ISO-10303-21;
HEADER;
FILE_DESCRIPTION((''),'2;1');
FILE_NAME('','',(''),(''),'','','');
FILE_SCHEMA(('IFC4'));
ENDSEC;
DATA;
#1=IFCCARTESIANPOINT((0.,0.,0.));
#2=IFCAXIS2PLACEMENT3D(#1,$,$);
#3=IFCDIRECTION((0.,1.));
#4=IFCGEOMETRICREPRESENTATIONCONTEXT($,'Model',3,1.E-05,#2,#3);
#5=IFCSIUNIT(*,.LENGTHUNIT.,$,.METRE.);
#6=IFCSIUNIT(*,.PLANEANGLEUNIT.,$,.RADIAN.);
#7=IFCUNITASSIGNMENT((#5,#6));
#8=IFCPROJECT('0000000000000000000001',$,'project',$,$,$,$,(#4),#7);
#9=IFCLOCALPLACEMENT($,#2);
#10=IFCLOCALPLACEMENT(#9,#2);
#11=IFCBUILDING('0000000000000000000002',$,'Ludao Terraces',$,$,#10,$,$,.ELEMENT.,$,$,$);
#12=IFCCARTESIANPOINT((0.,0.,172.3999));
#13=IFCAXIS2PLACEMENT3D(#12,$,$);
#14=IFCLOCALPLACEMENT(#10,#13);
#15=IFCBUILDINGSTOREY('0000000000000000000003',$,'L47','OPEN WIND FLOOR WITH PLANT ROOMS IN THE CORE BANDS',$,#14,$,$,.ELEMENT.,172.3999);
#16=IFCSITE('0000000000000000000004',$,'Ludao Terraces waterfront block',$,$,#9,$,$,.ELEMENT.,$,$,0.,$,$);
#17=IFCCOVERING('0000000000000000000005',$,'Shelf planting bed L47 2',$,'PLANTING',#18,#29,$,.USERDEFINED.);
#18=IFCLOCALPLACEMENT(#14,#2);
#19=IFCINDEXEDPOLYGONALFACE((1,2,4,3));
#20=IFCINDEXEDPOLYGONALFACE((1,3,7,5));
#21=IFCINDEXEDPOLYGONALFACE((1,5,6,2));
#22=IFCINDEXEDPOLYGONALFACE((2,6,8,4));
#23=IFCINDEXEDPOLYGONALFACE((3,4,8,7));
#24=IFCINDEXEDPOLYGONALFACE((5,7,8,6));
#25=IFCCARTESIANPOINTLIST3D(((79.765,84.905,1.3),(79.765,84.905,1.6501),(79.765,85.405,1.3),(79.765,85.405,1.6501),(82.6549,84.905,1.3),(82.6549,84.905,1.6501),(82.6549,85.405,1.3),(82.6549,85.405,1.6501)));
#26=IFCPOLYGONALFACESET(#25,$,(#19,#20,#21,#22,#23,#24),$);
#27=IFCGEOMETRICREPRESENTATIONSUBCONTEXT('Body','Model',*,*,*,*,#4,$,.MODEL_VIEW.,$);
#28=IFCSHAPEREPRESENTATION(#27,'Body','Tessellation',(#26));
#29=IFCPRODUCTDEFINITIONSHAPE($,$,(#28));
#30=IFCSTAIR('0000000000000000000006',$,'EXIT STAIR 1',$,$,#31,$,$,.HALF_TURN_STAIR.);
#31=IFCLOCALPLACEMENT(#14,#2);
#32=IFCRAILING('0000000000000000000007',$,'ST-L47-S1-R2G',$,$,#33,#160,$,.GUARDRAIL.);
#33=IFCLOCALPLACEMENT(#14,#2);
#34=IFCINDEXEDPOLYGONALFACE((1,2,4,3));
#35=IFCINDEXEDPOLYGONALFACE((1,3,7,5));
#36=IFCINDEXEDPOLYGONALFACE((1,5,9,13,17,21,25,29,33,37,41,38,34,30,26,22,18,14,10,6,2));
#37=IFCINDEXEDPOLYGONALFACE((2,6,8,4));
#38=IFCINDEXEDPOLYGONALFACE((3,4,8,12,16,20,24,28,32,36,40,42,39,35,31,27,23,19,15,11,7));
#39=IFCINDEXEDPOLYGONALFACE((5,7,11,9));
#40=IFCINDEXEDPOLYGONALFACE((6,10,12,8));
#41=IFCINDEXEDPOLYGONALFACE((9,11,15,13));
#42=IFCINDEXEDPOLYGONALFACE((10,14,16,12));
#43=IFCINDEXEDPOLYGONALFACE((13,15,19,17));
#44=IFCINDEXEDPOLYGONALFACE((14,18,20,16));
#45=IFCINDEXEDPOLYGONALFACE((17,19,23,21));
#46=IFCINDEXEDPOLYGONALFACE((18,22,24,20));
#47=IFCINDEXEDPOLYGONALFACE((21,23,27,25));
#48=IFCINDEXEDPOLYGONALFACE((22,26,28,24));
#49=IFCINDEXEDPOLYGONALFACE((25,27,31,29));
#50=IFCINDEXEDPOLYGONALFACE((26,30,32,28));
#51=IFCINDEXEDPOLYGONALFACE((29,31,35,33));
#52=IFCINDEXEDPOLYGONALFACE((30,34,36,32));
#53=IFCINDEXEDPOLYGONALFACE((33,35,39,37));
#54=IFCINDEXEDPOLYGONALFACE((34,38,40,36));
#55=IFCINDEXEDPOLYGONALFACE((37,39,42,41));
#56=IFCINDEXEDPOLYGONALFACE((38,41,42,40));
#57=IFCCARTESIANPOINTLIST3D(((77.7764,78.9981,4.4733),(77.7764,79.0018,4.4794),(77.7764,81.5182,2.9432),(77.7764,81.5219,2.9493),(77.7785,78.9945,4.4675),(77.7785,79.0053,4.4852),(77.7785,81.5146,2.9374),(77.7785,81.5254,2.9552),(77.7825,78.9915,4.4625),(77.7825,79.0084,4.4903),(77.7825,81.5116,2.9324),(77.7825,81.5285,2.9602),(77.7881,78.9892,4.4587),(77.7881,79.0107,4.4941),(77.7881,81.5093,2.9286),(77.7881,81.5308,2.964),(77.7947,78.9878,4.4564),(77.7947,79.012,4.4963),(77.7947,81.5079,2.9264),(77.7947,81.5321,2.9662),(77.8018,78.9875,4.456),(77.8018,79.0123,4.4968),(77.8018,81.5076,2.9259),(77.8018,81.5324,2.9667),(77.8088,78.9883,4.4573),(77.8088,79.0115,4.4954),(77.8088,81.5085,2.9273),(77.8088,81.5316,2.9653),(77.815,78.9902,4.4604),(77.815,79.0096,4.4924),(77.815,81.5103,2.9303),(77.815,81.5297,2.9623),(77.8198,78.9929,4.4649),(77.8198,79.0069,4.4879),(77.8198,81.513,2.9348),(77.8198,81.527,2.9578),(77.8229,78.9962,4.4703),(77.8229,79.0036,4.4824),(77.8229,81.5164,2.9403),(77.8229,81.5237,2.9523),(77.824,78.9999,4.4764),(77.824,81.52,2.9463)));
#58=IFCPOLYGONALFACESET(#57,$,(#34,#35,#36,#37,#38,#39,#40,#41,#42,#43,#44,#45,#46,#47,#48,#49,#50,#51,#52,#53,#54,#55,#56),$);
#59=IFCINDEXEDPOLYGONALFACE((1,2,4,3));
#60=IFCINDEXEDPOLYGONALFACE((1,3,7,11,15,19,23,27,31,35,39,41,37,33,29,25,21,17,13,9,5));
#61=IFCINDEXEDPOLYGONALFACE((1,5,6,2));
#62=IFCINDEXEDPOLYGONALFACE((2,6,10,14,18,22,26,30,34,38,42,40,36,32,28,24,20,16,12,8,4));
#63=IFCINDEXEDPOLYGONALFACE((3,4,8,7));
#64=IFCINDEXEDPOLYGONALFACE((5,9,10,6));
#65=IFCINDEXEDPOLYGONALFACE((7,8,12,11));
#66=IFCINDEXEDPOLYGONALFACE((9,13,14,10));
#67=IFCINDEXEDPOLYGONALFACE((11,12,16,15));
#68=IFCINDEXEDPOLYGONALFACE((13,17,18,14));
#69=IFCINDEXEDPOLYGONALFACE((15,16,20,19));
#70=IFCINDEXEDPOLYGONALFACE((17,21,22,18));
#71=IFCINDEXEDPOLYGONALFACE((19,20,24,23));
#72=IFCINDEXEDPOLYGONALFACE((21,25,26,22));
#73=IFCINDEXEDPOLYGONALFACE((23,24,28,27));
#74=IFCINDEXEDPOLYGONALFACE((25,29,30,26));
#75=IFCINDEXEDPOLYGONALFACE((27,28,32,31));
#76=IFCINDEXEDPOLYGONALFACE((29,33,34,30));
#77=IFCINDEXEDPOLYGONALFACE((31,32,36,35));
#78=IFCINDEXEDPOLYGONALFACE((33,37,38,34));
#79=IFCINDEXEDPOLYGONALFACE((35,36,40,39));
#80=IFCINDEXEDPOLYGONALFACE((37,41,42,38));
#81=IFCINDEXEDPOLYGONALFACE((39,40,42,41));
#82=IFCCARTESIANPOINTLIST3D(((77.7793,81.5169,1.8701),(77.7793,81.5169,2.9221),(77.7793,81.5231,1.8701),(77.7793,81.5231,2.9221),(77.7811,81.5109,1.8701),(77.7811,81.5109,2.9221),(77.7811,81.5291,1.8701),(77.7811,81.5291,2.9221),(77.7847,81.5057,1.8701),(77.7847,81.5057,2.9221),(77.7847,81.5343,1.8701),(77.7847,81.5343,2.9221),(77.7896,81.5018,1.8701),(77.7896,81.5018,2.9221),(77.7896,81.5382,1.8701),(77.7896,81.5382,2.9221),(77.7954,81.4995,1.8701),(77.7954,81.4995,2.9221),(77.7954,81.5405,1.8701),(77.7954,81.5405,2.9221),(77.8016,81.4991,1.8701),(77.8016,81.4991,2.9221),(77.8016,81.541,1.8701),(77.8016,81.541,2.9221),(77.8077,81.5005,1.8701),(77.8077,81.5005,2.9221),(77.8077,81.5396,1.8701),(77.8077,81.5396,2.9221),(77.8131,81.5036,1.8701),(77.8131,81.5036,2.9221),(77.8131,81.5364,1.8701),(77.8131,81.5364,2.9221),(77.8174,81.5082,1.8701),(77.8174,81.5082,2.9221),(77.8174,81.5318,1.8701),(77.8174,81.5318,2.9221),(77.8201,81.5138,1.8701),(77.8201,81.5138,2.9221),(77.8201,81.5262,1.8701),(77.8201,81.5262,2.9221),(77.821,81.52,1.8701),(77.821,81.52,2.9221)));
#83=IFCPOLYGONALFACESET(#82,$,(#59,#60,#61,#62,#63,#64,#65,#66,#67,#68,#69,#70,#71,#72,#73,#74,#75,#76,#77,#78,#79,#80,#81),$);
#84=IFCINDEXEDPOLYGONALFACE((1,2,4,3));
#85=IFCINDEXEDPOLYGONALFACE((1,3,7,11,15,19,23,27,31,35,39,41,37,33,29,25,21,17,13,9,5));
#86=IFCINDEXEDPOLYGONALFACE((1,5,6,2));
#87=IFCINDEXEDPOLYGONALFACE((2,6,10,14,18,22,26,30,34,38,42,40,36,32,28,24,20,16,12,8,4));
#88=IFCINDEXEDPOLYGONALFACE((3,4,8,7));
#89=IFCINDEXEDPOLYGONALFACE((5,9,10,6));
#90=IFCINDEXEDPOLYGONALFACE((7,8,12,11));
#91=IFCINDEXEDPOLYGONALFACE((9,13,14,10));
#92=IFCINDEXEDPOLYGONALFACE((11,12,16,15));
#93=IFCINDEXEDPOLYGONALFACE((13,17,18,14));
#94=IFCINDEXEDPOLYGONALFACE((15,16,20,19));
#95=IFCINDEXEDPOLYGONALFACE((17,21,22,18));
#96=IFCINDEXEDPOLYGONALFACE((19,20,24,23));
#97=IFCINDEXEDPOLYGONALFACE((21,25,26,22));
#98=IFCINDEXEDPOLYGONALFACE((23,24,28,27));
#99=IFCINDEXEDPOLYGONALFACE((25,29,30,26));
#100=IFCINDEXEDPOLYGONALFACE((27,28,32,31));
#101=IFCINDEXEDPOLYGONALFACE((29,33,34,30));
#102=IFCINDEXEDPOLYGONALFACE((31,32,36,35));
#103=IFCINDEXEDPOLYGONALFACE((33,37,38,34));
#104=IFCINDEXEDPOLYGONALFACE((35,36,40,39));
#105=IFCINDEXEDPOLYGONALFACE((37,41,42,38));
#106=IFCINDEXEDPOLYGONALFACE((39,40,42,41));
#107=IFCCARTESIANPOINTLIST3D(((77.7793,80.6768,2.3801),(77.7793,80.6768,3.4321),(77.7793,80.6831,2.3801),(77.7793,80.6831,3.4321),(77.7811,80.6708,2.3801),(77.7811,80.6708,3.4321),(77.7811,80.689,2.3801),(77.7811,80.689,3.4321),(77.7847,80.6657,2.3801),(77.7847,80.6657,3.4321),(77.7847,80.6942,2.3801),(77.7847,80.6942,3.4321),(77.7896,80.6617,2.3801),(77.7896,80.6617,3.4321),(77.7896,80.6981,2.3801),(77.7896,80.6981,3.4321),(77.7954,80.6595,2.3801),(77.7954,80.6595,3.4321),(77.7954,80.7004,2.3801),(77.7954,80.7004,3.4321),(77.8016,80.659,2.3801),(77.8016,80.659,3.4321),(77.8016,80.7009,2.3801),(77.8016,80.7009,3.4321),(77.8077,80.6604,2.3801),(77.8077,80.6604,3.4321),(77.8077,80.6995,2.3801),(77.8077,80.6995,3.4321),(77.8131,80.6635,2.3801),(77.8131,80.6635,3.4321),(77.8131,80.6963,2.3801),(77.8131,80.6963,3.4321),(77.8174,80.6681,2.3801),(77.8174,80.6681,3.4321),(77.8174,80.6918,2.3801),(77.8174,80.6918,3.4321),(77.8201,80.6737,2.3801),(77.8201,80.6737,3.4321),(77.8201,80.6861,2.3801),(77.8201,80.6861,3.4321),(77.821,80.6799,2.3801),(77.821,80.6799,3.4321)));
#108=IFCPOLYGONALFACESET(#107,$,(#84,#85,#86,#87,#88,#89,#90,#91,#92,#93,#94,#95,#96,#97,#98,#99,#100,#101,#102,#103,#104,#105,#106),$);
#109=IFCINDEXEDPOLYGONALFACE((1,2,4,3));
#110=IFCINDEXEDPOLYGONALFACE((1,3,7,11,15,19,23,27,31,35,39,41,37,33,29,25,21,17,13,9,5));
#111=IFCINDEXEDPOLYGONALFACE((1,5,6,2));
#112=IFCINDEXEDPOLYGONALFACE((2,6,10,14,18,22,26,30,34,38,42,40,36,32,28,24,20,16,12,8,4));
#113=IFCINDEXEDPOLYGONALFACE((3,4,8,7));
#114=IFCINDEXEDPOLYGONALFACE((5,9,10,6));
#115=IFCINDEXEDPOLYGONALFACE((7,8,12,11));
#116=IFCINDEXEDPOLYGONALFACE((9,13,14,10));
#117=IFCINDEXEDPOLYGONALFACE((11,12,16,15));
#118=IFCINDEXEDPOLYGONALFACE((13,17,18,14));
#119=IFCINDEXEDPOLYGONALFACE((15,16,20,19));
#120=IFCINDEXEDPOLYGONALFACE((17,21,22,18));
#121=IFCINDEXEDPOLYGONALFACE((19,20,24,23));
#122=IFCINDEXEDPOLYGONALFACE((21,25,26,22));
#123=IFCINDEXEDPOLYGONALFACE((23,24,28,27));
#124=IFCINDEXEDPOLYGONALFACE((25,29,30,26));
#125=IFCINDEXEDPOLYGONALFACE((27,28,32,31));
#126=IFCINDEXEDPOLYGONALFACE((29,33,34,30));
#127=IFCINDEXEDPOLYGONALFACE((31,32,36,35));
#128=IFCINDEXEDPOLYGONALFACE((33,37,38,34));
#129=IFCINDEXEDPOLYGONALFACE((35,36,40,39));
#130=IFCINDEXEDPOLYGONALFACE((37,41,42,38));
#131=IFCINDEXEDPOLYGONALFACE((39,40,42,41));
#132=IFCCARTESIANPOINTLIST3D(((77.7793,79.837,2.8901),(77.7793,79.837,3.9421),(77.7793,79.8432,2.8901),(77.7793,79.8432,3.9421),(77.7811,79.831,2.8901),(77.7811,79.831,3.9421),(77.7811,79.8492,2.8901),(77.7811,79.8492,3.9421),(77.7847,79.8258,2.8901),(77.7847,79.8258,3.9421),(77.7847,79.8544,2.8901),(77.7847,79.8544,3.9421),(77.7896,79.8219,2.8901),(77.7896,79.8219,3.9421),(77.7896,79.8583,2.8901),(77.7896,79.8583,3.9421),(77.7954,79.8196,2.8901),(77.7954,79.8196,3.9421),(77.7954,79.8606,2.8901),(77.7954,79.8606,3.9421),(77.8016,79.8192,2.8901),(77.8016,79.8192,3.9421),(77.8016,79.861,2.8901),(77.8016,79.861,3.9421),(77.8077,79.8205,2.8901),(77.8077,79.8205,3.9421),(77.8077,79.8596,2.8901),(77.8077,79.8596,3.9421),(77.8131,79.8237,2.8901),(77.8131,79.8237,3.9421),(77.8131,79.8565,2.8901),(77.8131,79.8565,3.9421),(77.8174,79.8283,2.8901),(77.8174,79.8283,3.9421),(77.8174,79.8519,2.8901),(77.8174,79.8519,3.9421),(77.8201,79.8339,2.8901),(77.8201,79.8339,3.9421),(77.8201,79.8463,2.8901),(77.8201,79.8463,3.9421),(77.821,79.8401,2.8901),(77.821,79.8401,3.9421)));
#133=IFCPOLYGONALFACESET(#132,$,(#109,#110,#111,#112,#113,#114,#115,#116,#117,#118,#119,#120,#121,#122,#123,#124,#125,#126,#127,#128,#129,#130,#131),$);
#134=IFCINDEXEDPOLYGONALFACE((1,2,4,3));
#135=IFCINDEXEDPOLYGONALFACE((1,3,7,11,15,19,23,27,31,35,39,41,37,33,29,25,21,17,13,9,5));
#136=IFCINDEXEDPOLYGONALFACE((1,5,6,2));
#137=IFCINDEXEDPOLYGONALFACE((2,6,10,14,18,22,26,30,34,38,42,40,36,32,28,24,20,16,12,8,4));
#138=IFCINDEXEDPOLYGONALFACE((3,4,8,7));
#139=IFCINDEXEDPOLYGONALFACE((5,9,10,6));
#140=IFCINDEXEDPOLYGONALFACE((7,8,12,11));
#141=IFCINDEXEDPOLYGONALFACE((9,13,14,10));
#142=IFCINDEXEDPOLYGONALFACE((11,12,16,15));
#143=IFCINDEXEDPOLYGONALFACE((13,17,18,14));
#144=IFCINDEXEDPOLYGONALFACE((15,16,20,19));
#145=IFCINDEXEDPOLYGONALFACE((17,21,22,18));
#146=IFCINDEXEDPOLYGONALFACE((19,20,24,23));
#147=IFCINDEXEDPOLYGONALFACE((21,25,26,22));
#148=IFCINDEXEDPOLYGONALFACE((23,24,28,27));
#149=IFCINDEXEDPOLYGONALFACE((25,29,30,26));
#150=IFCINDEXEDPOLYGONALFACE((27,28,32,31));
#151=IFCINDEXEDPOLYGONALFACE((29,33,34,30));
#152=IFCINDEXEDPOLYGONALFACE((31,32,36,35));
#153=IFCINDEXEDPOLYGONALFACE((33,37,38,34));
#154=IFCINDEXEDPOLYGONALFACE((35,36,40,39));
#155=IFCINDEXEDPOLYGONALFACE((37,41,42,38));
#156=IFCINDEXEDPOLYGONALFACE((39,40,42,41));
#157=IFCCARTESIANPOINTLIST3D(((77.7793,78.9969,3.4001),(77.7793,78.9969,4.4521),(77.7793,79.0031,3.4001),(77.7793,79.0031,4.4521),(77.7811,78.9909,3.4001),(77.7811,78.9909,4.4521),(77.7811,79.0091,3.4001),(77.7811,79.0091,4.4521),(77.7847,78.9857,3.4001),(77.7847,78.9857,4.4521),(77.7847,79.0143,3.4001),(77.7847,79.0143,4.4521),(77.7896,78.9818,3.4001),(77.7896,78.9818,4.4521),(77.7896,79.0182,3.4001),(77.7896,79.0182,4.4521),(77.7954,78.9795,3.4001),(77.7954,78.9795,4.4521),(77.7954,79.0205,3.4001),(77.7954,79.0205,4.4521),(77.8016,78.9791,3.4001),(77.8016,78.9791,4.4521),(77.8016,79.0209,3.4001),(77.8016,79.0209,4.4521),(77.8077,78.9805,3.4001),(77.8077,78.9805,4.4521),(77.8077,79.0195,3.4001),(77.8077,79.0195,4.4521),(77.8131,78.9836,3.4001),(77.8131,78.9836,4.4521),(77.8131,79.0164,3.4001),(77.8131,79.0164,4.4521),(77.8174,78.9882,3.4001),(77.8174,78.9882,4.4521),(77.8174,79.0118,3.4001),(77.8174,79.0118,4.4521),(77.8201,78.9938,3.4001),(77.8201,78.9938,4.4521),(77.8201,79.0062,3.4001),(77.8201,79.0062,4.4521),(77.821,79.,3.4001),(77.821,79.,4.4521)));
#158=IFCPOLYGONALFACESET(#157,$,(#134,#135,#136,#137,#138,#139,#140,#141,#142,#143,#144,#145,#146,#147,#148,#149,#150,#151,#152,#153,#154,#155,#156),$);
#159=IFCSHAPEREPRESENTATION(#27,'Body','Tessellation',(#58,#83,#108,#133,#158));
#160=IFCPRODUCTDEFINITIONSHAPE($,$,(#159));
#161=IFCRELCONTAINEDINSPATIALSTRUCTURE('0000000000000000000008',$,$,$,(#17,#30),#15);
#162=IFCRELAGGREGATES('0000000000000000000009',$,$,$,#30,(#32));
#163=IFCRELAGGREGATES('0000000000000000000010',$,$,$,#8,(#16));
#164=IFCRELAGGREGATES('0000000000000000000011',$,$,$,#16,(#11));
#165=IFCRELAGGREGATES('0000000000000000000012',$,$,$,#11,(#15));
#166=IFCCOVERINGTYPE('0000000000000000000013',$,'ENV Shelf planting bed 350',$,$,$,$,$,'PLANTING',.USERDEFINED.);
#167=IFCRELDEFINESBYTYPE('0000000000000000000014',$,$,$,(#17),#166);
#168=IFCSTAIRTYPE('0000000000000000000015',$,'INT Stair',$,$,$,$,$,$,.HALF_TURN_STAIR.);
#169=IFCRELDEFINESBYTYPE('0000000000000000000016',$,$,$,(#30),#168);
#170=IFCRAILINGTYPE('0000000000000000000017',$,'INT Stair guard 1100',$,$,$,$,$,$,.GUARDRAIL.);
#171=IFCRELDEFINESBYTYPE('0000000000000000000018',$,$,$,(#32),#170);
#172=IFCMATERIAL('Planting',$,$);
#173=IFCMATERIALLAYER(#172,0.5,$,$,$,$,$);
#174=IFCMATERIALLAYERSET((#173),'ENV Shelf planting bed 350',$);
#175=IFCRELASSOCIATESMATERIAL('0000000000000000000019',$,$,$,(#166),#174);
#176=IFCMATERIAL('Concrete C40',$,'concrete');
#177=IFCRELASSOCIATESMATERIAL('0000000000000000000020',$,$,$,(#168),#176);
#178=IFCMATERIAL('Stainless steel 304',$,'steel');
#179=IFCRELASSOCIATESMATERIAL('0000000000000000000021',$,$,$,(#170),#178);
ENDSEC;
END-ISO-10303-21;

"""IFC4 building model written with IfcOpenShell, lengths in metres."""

from ifc_helpers import new_model, si_unit, direction, frame, origin, origin_2d, place, context, subcontext, project, spatial, rectangle, circle, extrude, material, layer, layer_set, type_object, element, aggregate, save


model = new_model("IFC4")

# Units and contexts
model_context = context("Model", 3, precision=1e-05, world=origin(), true_north=direction((0.0, 1.0)))
body_context = subcontext(model_context, "Body", "Model", "MODEL_VIEW")
ifc_project = project(units=[si_unit("LENGTHUNIT", "METRE"), si_unit("PLANEANGLEUNIT", "RADIAN")], contexts=[model_context])

# Site, building, storey
site_placement = place(None, origin())
site = spatial("IfcSite", under=ifc_project, at=site_placement, Name="Ludao Terraces waterfront block", CompositionType="ELEMENT", RefElevation=0.0)
building_placement = place(site_placement, origin())
building = spatial("IfcBuilding", under=site, at=building_placement, Name="Ludao Terraces", CompositionType="ELEMENT")
storey_placement = place(building_placement, frame((0.0, 0.0, 172.3999)))
storey = spatial("IfcBuildingStorey", under=building, at=storey_placement, Name="L47", Description="OPEN WIND FLOOR WITH PLANT ROOMS IN THE CORE BANDS", CompositionType="ELEMENT", Elevation=172.3999)

# Shared definitions
ifc_material_1 = material(Name="Stainless steel 304", Category="steel")

# Covering
ifc_material_2 = material(Name="Planting")
ifc_layer_1 = layer(ifc_material_2, 0.5)
ifc_layer_set_1 = layer_set([ifc_layer_1], Name="ENV Shelf planting bed 350")
covering_type_1 = type_object("IfcCoveringType", Name="ENV Shelf planting bed 350", ElementType="PLANTING", PredefinedType="USERDEFINED", material=ifc_layer_set_1)
covering_1_placement = place(storey_placement, frame((81.21, 85.155, 1.3), z_axis=(0.0, 0.0, 1.0), x_axis=(1.0, 0.0, 0.0)))
element("IfcCovering", 1, at=covering_1_placement, inside=storey, type_object=covering_type_1, Name="Shelf planting bed L47 2", ObjectType="PLANTING", PredefinedType="USERDEFINED", context=body_context, shape_type="SweptSolid", body=[
    extrude(rectangle(XDim=2.8899, YDim=0.5, at=origin_2d()), origin(), (0.0, 0.0, 1.0), 0.3501),
])

# Stair, railing
ifc_material_3 = material(Name="Concrete C40", Category="concrete")
stair_type = type_object("IfcStairType", Name="INT Stair", PredefinedType="HALF_TURN_STAIR", material=ifc_material_3)
stair_placement = place(storey_placement, origin())
stair = element("IfcStair", 2, at=stair_placement, inside=storey, type_object=stair_type, Name="EXIT STAIR 1", PredefinedType="HALF_TURN_STAIR")
railing_type_1 = type_object("IfcRailingType", Name="INT Stair guard 1100", PredefinedType="GUARDRAIL", material=ifc_material_1)
railing_1_placement = place(storey_placement, frame((77.8, 81.52, 1.8701)))
railing_1 = element("IfcRailing", 3, at=railing_1_placement, type_object=railing_type_1, Name="ST-L47-S1-R2G", PredefinedType="GUARDRAIL", context=body_context, shape_type="SweptSolid", body=[
    extrude(circle(Radius=0.0239, at=origin_2d()), frame((0.0, 0.0, 1.0762), z_axis=(0.0, -0.854785, 0.518982), x_axis=(1.0, 0.0, 0.0)), (0.0, 0.0, 1.0), 2.9482),
    extrude(circle(Radius=0.021, at=origin_2d()), origin(), (0.0, 0.0, 1.0), 1.052),
    extrude(circle(Radius=0.021, at=origin_2d()), frame((0.0, -0.8401, 0.51)), (0.0, 0.0, 1.0), 1.052),
    extrude(circle(Radius=0.021, at=origin_2d()), frame((0.0, -1.6799, 1.02)), (0.0, 0.0, 1.0), 1.052),
    extrude(circle(Radius=0.021, at=origin_2d()), frame((0.0, -2.52, 1.53)), (0.0, 0.0, 1.0), 1.052),
])
aggregate(stair, [railing_1])

save(model, "model.ifc")
